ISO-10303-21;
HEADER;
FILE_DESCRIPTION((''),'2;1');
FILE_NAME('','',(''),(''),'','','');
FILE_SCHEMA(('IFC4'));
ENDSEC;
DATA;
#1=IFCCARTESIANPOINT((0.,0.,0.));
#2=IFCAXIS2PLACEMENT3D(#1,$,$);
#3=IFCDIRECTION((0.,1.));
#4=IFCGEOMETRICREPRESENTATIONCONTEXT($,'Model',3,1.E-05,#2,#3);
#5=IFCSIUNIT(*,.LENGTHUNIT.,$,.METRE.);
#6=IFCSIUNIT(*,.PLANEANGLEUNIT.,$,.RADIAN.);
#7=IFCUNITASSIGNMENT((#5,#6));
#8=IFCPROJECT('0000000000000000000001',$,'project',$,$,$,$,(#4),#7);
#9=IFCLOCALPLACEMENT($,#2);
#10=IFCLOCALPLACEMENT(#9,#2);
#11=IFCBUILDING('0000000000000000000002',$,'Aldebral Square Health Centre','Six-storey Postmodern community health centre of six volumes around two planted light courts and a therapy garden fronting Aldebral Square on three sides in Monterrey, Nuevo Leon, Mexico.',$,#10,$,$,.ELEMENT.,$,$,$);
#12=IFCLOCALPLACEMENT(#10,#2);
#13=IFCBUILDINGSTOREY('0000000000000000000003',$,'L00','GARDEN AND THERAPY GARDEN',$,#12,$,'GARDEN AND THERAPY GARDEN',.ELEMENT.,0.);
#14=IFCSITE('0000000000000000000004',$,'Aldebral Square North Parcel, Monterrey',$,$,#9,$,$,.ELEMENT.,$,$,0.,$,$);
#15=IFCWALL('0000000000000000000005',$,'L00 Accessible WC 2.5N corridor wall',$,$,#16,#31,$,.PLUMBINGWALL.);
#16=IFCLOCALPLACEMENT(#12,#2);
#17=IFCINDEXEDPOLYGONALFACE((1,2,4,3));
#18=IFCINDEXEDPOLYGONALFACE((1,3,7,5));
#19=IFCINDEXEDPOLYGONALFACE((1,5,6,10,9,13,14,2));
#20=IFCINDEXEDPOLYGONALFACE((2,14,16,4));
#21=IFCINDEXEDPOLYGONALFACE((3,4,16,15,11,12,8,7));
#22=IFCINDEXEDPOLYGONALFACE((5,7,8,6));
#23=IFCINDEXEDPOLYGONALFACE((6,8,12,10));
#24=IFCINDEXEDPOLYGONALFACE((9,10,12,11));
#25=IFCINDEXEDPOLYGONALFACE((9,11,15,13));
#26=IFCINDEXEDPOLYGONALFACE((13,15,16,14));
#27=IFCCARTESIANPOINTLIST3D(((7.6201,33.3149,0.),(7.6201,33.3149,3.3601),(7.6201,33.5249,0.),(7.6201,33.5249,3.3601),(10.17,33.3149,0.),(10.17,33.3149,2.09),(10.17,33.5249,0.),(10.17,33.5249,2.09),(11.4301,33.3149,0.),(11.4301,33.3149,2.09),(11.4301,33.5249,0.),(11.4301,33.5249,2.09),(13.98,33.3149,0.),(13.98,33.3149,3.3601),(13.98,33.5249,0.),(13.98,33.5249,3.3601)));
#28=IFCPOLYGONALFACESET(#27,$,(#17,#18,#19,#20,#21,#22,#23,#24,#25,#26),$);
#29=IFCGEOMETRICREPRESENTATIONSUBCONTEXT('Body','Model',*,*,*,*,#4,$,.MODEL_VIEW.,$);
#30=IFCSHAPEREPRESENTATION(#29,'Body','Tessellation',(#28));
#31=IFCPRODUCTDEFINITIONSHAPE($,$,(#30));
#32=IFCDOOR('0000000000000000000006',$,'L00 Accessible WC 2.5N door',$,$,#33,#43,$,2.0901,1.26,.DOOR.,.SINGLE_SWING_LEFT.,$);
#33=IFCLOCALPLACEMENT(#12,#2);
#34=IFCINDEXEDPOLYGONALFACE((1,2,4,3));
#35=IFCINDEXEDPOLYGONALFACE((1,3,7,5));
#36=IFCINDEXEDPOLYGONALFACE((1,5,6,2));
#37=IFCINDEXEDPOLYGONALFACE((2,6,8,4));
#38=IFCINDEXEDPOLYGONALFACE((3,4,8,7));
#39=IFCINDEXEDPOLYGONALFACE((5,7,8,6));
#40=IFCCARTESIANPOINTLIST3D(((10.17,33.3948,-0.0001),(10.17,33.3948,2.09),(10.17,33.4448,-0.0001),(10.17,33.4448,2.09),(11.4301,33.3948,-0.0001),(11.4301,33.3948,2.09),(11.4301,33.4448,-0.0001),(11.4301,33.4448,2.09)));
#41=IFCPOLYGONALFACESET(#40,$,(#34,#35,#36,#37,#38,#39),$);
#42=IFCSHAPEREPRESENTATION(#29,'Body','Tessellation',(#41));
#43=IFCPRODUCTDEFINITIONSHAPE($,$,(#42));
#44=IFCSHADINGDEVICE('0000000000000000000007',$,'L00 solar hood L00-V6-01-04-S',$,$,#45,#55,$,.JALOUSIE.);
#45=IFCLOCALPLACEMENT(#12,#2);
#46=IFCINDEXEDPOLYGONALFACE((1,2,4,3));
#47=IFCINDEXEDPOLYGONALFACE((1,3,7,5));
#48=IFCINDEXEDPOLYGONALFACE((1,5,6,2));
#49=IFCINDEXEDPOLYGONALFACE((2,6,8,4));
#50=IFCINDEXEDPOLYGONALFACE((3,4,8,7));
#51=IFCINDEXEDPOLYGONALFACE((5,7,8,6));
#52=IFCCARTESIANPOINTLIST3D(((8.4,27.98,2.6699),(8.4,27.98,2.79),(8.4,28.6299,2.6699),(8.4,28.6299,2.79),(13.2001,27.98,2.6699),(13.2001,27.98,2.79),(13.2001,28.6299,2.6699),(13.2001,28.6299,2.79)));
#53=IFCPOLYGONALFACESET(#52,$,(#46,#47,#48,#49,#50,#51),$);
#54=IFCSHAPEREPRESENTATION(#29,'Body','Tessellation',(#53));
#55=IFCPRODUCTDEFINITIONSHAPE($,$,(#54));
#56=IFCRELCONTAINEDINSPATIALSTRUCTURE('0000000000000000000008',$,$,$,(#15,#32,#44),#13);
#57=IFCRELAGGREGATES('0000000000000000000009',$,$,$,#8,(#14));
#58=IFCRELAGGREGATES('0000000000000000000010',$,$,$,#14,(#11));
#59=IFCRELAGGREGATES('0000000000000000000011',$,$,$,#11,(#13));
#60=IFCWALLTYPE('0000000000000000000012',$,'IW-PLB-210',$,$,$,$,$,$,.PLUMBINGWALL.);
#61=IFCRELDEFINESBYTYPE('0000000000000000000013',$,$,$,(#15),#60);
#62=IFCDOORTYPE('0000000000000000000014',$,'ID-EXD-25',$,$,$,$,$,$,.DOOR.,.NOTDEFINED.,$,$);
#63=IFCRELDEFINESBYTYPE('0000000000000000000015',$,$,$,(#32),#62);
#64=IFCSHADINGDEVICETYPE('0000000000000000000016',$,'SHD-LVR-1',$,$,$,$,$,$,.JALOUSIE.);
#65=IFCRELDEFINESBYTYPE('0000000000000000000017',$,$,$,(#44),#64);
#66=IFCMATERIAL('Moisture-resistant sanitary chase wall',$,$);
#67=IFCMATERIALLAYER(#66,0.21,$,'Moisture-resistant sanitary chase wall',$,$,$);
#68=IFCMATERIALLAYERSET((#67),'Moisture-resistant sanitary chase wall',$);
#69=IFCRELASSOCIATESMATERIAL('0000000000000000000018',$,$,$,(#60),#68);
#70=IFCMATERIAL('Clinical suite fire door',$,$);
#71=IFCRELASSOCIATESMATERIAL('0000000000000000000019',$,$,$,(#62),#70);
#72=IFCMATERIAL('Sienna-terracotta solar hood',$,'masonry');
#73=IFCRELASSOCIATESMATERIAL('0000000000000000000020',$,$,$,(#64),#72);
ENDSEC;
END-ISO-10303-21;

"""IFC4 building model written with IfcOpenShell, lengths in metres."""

from ifc_helpers import new_model, si_unit, direction, frame, frame_2d, origin, origin_2d, place, context, subcontext, project, spatial, rectangle, extrude, material, layer, layer_set, type_object, element, fill, save


model = new_model("IFC4")

# Units and contexts
model_context = context("Model", 3, precision=1e-05, world=origin(), true_north=direction((0.0, 1.0)))
body_context = subcontext(model_context, "Body", "Model", "MODEL_VIEW")
ifc_project = project(units=[si_unit("LENGTHUNIT", "METRE"), si_unit("PLANEANGLEUNIT", "RADIAN")], contexts=[model_context])

# Site, building, storey
site_placement = place(None, origin())
site = spatial("IfcSite", under=ifc_project, at=site_placement, Name="Aldebral Square North Parcel, Monterrey", CompositionType="ELEMENT", RefElevation=0.0)
building_placement = place(site_placement, origin())
building = spatial("IfcBuilding", under=site, at=building_placement, Name="Aldebral Square Health Centre", Description="Six-storey Postmodern community health centre of six volumes around two planted light courts and a therapy garden fronting Aldebral Square on three sides in Monterrey, Nuevo Leon, Mexico.", CompositionType="ELEMENT")
storey_placement = place(building_placement, origin())
storey = spatial("IfcBuildingStorey", under=building, at=storey_placement, Name="L00", Description="GARDEN AND THERAPY GARDEN", LongName="GARDEN AND THERAPY GARDEN", CompositionType="ELEMENT", Elevation=0.0)

# Wall, opening, door
ifc_material_1 = material(Name="Clinical suite fire door")
ifc_material_2 = material(Name="Moisture-resistant sanitary chase wall")
ifc_layer_1 = layer(ifc_material_2, 0.21, Name="Moisture-resistant sanitary chase wall")
ifc_layer_set_1 = layer_set([ifc_layer_1], Name="Moisture-resistant sanitary chase wall")
wall_type_1 = type_object("IfcWallType", Name="IW-PLB-210", PredefinedType="PLUMBINGWALL", material=ifc_layer_set_1)
wall_1_placement = place(storey_placement, frame((7.6201, 33.4199, 0.0), z_axis=(0.0, 0.0, 1.0), x_axis=(1.0, 0.0, 0.0)))
wall_1 = element("IfcWall", 1, at=wall_1_placement, inside=storey, type_object=wall_type_1, Name="L00 Accessible WC 2.5N corridor wall", PredefinedType="PLUMBINGWALL", context=body_context, shape_type="SweptSolid", body=[
    extrude(rectangle(XDim=6.3599, YDim=0.21, at=frame_2d((3.1799, 0.0))), origin(), (0.0, 0.0, 1.0), 3.3601),
])
opening_1_placement = place(wall_1_placement, frame((2.55, 0.0, 0.0)))
opening_1 = element("IfcOpeningElement", 2, at=opening_1_placement, cuts=wall_1, PredefinedType="OPENING", context=body_context, shape_type="SweptSolid", body=[
    extrude(rectangle(XDim=1.26, YDim=2.0901, at=frame_2d((0.6299, 1.0449))), frame((0.0, 0.115, 0.0), z_axis=(0.0, -1.0, 0.0), x_axis=(1.0, 0.0, 0.0)), (0.0, 0.0, 1.0), 0.23),
])
door_type_1 = type_object("IfcDoorType", Name="ID-EXD-25", OperationType="NOTDEFINED", PredefinedType="DOOR", material=ifc_material_1)
door_1_placement = place(opening_1_placement, origin())
door_1 = element("IfcDoor", 3, at=door_1_placement, inside=storey, type_object=door_type_1, Name="L00 Accessible WC 2.5N door", OperationType="SINGLE_SWING_LEFT", OverallHeight=2.0901, OverallWidth=1.26, PredefinedType="DOOR", context=body_context, shape_type="SweptSolid", body=[
    extrude(rectangle(XDim=1.26, YDim=2.0901, at=frame_2d((0.6299, 1.0449))), frame((0.0, 0.0249, 0.0), z_axis=(0.0, -1.0, 0.0), x_axis=(1.0, 0.0, 0.0)), (0.0, 0.0, 1.0), 0.05),
])
fill(opening_1, door_1)

# Shading device
ifc_material_3 = material(Name="Sienna-terracotta solar hood", Category="masonry")
shading_device_type = type_object("IfcShadingDeviceType", Name="SHD-LVR-1", PredefinedType="JALOUSIE", material=ifc_material_3)
shading_device_placement = place(storey_placement, frame((10.8, 28.3049, 2.6699), z_axis=(0.0, 0.0, 1.0), x_axis=(1.0, 0.0, 0.0)))
element("IfcShadingDevice", 4, at=shading_device_placement, inside=storey, type_object=shading_device_type, Name="L00 solar hood L00-V6-01-04-S", PredefinedType="JALOUSIE", context=body_context, shape_type="SweptSolid", body=[
    extrude(rectangle(XDim=4.8, YDim=0.6499, at=origin_2d()), origin(), (0.0, 0.0, 1.0), 0.1201),
])

save(model, "model.ifc")
